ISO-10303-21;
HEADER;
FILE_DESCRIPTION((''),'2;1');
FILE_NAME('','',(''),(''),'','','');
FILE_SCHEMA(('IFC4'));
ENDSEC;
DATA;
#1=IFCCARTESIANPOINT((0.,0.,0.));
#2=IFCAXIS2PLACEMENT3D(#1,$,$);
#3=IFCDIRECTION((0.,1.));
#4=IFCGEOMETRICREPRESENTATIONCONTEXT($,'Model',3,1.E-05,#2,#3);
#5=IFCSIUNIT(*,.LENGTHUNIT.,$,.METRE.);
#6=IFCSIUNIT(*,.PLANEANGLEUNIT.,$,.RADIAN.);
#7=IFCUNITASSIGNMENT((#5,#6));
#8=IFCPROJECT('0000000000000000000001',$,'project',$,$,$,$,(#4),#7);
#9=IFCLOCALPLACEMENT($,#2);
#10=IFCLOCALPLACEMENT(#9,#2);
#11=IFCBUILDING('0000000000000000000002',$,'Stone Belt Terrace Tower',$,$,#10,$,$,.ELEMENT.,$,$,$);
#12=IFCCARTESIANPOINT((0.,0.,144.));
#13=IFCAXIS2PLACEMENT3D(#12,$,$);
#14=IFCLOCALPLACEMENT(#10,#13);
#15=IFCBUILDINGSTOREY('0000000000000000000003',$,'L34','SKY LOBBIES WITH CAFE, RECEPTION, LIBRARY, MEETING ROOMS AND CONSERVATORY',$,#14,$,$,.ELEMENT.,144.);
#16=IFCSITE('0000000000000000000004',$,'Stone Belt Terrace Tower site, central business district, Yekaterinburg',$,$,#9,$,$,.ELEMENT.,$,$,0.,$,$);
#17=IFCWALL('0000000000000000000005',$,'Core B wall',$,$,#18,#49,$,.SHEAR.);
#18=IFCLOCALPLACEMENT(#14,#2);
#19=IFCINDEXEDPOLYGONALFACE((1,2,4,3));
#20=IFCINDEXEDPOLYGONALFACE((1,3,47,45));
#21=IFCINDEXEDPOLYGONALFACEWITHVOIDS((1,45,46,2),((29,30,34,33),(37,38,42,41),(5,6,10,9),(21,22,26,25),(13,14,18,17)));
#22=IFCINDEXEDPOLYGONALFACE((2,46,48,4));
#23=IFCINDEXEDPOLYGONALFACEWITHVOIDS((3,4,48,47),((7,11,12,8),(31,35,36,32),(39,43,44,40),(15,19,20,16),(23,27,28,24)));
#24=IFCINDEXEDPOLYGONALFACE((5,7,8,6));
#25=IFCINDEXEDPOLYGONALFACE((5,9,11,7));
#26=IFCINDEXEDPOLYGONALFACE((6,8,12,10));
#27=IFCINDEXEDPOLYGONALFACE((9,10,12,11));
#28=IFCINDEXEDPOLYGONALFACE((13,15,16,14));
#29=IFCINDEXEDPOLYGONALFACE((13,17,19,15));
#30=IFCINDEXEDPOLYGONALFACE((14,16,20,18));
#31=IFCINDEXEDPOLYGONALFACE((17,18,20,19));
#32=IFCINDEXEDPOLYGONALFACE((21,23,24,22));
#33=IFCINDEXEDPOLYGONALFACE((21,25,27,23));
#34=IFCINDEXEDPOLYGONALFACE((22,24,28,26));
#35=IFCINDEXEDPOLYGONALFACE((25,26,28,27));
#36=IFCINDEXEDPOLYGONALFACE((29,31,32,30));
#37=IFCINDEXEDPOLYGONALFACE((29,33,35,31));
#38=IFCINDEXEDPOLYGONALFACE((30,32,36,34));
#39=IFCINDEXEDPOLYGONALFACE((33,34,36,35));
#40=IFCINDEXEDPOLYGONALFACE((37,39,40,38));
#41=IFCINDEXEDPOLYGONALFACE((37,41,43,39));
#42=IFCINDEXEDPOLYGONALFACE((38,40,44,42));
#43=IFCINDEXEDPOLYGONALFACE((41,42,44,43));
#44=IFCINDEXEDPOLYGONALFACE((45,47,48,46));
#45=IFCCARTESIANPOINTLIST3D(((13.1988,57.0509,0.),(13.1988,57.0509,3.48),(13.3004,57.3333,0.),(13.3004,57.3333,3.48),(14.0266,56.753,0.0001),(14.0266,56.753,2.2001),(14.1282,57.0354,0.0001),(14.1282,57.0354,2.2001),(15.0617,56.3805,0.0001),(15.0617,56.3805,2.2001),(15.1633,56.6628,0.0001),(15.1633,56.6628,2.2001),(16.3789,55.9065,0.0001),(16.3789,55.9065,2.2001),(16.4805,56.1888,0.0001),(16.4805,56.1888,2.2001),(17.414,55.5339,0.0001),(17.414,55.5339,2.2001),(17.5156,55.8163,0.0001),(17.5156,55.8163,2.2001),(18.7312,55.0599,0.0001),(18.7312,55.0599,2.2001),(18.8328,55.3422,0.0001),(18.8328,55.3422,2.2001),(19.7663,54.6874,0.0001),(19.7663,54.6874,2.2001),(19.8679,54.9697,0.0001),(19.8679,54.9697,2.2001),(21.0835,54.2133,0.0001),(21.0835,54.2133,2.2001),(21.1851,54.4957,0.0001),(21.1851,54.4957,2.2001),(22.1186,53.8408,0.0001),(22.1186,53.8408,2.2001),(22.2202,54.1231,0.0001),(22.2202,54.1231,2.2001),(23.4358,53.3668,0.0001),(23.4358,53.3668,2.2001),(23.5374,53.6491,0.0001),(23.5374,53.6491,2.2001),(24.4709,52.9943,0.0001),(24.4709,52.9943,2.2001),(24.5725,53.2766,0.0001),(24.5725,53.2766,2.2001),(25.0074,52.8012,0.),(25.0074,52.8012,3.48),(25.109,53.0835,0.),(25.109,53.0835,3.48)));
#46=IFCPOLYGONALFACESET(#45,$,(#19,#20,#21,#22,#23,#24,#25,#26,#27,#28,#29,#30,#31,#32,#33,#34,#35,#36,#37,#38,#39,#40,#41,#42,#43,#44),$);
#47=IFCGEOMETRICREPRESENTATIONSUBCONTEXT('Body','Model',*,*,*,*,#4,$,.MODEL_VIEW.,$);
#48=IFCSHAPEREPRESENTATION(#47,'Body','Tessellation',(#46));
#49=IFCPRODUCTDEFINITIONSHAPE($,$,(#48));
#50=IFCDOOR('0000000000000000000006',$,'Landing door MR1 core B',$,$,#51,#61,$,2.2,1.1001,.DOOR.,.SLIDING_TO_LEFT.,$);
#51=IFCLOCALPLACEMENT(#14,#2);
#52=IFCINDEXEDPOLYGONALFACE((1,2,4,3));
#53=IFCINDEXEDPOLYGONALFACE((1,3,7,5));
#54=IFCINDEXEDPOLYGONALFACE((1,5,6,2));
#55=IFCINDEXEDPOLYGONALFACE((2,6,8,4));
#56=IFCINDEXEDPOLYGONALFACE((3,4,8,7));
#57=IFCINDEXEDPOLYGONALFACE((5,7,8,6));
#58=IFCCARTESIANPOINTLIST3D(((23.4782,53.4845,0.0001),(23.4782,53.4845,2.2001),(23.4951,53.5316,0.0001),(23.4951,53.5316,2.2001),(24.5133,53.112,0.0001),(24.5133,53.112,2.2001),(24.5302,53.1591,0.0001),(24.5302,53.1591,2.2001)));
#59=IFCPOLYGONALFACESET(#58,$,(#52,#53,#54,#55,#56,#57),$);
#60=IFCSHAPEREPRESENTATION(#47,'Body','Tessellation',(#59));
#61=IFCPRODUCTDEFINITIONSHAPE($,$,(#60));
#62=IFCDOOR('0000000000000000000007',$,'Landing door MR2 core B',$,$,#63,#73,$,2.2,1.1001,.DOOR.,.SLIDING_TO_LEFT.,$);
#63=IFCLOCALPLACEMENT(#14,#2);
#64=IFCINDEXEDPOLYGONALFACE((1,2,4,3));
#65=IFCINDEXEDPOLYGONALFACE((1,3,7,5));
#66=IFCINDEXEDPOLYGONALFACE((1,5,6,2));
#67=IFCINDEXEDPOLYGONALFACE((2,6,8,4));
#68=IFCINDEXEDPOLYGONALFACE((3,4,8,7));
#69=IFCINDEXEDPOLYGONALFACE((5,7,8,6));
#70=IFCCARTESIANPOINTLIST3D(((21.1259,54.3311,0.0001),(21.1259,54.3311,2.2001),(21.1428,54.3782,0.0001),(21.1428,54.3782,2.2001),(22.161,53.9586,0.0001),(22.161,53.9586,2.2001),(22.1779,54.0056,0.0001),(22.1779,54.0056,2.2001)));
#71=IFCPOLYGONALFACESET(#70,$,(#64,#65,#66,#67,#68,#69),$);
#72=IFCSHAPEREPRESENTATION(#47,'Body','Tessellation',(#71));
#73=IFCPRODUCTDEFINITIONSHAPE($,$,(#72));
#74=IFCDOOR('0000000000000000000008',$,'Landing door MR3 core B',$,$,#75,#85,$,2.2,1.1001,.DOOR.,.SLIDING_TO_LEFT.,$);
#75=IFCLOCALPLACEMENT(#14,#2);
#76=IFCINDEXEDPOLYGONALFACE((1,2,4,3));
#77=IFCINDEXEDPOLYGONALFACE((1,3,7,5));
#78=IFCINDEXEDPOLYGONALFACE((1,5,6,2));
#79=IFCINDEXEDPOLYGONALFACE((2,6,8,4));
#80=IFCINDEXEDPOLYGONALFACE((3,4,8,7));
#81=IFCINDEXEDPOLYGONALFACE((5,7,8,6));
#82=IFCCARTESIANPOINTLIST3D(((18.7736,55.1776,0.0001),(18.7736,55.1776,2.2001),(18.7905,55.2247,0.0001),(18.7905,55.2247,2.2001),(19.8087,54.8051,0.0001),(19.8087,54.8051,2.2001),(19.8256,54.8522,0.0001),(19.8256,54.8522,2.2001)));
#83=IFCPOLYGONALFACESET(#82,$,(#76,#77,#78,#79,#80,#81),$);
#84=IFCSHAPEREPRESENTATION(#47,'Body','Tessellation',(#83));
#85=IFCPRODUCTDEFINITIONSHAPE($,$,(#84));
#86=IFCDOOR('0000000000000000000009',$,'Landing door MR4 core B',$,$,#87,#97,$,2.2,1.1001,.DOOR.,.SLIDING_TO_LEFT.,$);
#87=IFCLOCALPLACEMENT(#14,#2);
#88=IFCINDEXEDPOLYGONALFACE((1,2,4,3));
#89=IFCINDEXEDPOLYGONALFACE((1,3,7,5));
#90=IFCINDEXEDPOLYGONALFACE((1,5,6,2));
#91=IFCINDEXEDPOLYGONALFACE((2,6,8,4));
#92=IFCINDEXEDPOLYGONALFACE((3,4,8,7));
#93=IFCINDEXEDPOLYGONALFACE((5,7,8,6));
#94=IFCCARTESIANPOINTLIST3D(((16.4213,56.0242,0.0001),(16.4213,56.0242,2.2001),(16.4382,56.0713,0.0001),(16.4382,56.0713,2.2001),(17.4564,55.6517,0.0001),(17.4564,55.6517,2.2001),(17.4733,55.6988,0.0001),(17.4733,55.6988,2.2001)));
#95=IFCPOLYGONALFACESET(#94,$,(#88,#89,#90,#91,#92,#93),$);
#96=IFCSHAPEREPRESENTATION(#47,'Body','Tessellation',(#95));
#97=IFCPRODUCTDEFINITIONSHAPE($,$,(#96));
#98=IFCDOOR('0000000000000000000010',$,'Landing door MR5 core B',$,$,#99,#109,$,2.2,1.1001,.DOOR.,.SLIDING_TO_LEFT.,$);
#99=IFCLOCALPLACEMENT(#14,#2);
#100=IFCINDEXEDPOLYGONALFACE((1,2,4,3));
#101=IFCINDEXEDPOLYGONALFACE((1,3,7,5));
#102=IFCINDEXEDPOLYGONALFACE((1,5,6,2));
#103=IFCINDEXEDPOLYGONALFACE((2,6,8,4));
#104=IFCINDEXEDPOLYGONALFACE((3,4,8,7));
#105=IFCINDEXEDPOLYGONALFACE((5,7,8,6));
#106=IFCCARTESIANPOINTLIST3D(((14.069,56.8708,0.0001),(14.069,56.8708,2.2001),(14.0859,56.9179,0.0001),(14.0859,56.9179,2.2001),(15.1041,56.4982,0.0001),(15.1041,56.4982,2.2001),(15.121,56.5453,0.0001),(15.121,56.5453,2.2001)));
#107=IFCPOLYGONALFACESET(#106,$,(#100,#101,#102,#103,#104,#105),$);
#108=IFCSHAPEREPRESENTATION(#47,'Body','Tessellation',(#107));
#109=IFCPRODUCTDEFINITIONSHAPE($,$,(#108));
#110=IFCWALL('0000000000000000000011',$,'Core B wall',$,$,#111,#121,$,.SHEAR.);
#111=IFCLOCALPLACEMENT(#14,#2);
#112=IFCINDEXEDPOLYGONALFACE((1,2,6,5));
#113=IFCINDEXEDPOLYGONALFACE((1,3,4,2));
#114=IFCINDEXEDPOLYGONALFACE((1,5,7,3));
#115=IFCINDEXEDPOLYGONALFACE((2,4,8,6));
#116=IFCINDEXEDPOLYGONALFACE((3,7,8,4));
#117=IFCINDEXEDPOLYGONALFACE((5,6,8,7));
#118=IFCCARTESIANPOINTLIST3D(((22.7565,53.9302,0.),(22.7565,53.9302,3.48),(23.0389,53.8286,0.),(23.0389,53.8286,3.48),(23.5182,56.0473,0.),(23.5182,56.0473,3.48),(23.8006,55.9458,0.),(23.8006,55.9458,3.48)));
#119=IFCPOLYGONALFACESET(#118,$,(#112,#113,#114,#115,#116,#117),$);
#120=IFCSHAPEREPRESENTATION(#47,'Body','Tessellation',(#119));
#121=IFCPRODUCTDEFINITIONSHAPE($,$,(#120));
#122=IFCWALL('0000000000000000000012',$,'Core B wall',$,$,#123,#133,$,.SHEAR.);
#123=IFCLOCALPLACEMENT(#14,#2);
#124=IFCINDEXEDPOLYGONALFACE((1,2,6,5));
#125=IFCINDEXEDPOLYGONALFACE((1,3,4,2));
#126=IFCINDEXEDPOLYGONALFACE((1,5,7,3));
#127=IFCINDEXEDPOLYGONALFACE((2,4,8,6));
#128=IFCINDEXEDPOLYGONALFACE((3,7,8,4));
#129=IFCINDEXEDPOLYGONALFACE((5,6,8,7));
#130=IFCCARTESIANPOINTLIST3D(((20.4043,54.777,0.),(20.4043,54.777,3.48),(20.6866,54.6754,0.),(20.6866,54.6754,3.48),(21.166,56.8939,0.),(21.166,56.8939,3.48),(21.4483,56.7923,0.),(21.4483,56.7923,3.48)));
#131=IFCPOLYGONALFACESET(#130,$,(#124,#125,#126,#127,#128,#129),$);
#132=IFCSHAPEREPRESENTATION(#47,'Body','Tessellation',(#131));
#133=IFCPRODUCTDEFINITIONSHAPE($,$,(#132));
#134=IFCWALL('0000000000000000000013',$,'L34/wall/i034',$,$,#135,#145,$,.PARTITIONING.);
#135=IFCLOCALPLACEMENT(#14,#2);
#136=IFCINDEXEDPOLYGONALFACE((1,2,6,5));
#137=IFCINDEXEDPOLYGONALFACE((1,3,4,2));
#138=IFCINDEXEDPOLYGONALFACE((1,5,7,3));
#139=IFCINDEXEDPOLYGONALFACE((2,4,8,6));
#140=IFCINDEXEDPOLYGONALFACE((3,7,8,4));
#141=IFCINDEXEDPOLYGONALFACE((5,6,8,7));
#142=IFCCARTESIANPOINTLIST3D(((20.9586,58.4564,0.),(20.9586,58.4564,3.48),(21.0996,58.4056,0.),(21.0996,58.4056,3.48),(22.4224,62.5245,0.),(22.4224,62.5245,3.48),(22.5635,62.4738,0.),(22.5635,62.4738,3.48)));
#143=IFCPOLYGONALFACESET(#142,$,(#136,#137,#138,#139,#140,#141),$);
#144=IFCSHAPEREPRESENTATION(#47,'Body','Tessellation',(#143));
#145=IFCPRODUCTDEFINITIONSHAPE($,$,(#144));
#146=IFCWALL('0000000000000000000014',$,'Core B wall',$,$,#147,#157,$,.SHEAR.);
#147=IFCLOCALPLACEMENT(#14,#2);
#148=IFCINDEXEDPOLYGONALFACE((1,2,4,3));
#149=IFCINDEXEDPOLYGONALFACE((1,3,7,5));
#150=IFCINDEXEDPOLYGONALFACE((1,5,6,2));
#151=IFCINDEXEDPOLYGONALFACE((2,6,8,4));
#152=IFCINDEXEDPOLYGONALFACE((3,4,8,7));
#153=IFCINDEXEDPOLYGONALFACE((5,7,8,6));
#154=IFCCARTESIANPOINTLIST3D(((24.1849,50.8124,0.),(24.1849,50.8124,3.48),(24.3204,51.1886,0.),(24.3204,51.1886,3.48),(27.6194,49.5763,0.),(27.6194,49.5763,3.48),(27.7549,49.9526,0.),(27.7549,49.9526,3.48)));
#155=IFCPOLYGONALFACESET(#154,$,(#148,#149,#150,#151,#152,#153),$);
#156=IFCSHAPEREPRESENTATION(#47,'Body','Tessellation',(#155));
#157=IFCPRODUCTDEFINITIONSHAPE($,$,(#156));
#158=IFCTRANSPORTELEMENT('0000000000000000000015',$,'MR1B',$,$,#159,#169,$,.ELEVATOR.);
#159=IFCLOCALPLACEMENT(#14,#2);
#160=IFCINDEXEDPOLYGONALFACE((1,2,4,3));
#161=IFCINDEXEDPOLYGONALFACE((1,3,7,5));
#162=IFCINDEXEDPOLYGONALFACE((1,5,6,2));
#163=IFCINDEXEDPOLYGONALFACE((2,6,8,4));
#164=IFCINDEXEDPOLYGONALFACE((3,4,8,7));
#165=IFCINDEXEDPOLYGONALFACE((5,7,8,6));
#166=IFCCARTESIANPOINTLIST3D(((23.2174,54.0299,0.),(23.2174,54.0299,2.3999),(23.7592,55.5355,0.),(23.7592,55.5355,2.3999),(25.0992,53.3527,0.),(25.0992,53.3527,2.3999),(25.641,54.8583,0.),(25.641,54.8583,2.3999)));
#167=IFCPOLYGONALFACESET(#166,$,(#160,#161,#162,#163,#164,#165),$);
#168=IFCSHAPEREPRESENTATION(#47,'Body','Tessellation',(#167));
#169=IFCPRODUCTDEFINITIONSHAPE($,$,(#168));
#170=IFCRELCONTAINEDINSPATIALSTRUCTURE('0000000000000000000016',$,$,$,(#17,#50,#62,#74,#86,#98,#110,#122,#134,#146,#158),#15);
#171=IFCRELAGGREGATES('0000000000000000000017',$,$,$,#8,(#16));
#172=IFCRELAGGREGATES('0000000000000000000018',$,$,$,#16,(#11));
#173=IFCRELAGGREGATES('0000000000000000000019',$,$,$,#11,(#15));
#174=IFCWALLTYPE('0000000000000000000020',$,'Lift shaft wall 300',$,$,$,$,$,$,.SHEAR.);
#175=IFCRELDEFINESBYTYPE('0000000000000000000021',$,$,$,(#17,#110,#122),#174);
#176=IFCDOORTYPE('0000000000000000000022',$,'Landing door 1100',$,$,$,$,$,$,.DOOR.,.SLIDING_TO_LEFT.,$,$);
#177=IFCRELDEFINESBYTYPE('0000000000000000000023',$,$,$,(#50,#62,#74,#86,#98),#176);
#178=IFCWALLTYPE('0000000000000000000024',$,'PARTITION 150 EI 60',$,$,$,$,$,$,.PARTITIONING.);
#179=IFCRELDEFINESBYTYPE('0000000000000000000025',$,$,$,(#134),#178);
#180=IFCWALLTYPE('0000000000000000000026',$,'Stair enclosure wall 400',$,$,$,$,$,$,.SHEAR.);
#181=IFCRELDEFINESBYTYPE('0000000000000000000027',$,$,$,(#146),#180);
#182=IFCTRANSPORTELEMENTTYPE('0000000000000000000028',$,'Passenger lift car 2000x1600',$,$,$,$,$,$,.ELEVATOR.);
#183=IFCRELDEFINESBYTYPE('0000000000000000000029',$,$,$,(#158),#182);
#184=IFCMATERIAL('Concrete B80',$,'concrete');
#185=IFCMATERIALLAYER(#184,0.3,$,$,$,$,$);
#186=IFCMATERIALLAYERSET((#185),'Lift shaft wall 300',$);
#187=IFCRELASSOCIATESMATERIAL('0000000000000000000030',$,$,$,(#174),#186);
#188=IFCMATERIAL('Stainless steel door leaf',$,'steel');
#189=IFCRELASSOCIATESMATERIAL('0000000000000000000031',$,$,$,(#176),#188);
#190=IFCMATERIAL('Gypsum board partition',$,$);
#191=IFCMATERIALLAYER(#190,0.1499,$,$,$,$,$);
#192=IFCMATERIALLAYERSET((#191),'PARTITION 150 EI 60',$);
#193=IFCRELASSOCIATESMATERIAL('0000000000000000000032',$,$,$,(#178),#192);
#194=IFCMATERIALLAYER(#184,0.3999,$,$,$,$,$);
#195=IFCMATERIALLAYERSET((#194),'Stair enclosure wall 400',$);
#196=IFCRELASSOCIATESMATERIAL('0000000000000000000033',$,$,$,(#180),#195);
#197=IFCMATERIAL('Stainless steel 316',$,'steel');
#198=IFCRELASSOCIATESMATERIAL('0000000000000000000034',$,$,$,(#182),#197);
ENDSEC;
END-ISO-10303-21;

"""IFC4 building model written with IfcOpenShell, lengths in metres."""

from ifc_helpers import new_model, si_unit, direction, frame, frame_2d, origin, origin_2d, place, context, subcontext, project, spatial, rectangle, extrude, material, layer, layer_set, type_object, element, fill, save


model = new_model("IFC4")

# Units and contexts
model_context = context("Model", 3, precision=1e-05, world=origin(), true_north=direction((0.0, 1.0)))
body_context = subcontext(model_context, "Body", "Model", "MODEL_VIEW")
ifc_project = project(units=[si_unit("LENGTHUNIT", "METRE"), si_unit("PLANEANGLEUNIT", "RADIAN")], contexts=[model_context])

# Site, building, storey
site_placement = place(None, origin())
site = spatial("IfcSite", under=ifc_project, at=site_placement, Name="Stone Belt Terrace Tower site, central business district, Yekaterinburg", CompositionType="ELEMENT", RefElevation=0.0)
building_placement = place(site_placement, origin())
building = spatial("IfcBuilding", under=site, at=building_placement, Name="Stone Belt Terrace Tower", CompositionType="ELEMENT")
storey_placement = place(building_placement, frame((0.0, 0.0, 144.0)))
storey = spatial("IfcBuildingStorey", under=building, at=storey_placement, Name="L34", Description="SKY LOBBIES WITH CAFE, RECEPTION, LIBRARY, MEETING ROOMS AND CONSERVATORY", CompositionType="ELEMENT", Elevation=144.0)

# Shared definitions
ifc_material_1 = material(Name="Concrete B80", Category="concrete")

# Shared definitions
ifc_layer_1 = layer(ifc_material_1, 0.3)
ifc_layer_set_1 = layer_set([ifc_layer_1], Name="Lift shaft wall 300")
wall_type_1 = type_object("IfcWallType", Name="Lift shaft wall 300", PredefinedType="SHEAR", material=ifc_layer_set_1)
ifc_material_2 = material(Name="Stainless steel door leaf", Category="steel")

# Wall, openings, doors
wall_1_placement = place(storey_placement, frame((25.0581, 52.9424, 0.0), z_axis=(0.0, 0.0, 1.0), x_axis=(-0.940921, 0.338625, 0.0)))
wall_1 = element("IfcWall", 1, at=wall_1_placement, inside=storey, type_object=wall_type_1, Name="Core B wall", PredefinedType="SHEAR", context=body_context, shape_type="SweptSolid", body=[
    extrude(rectangle(XDim=12.55, YDim=0.3, at=frame_2d((6.2749, 0.0))), origin(), (0.0, 0.0, 1.0), 3.48),
])
opening_1_placement = place(wall_1_placement, frame((0.5701, 0.0, 0.0)))
opening_1 = element("IfcOpeningElement", 2, at=opening_1_placement, cuts=wall_1, PredefinedType="OPENING", context=body_context, shape_type="SweptSolid", body=[
    extrude(rectangle(XDim=1.1001, YDim=2.2, at=frame_2d((0.55, 1.1001))), frame((0.0, 0.1599, 0.0), z_axis=(0.0, -1.0, 0.0), x_axis=(1.0, 0.0, 0.0)), (0.0, 0.0, 1.0), 0.3201),
])
opening_2_placement = place(wall_1_placement, frame((3.0701, 0.0, 0.0)))
opening_2 = element("IfcOpeningElement", 3, at=opening_2_placement, cuts=wall_1, PredefinedType="OPENING", context=body_context, shape_type="SweptSolid", body=[
    extrude(rectangle(XDim=1.1001, YDim=2.2, at=frame_2d((0.55, 1.1001))), frame((0.0, 0.1599, 0.0), z_axis=(0.0, -1.0, 0.0), x_axis=(1.0, 0.0, 0.0)), (0.0, 0.0, 1.0), 0.3201),
])
opening_3_placement = place(wall_1_placement, frame((5.5701, 0.0, 0.0)))
opening_3 = element("IfcOpeningElement", 4, at=opening_3_placement, cuts=wall_1, PredefinedType="OPENING", context=body_context, shape_type="SweptSolid", body=[
    extrude(rectangle(XDim=1.1001, YDim=2.2, at=frame_2d((0.55, 1.1001))), frame((0.0, 0.1599, 0.0), z_axis=(0.0, -1.0, 0.0), x_axis=(1.0, 0.0, 0.0)), (0.0, 0.0, 1.0), 0.3201),
])
opening_4_placement = place(wall_1_placement, frame((8.0701, 0.0, 0.0)))
opening_4 = element("IfcOpeningElement", 5, at=opening_4_placement, cuts=wall_1, PredefinedType="OPENING", context=body_context, shape_type="SweptSolid", body=[
    extrude(rectangle(XDim=1.1001, YDim=2.2, at=frame_2d((0.55, 1.1001))), frame((0.0, 0.1599, 0.0), z_axis=(0.0, -1.0, 0.0), x_axis=(1.0, 0.0, 0.0)), (0.0, 0.0, 1.0), 0.3201),
])
opening_5_placement = place(wall_1_placement, frame((10.5701, 0.0, 0.0)))
opening_5 = element("IfcOpeningElement", 6, at=opening_5_placement, cuts=wall_1, PredefinedType="OPENING", context=body_context, shape_type="SweptSolid", body=[
    extrude(rectangle(XDim=1.1001, YDim=2.2, at=frame_2d((0.55, 1.1001))), frame((0.0, 0.1599, 0.0), z_axis=(0.0, -1.0, 0.0), x_axis=(1.0, 0.0, 0.0)), (0.0, 0.0, 1.0), 0.3201),
])
door_type_1 = type_object("IfcDoorType", Name="Landing door 1100", OperationType="SLIDING_TO_LEFT", PredefinedType="DOOR", material=ifc_material_2)
door_1_placement = place(opening_1_placement, origin())
door_1 = element("IfcDoor", 7, at=door_1_placement, inside=storey, type_object=door_type_1, Name="Landing door MR1 core B", OperationType="SLIDING_TO_LEFT", OverallHeight=2.2, OverallWidth=1.1001, PredefinedType="DOOR", context=body_context, shape_type="SweptSolid", body=[
    extrude(rectangle(XDim=1.1001, YDim=2.2, at=frame_2d((0.55, 1.1001))), frame((0.0, 0.0249, 0.0), z_axis=(0.0, -1.0, 0.0), x_axis=(1.0, 0.0, 0.0)), (0.0, 0.0, 1.0), 0.05),
])
fill(opening_1, door_1)
door_2_placement = place(opening_2_placement, origin())
door_2 = element("IfcDoor", 8, at=door_2_placement, inside=storey, type_object=door_type_1, Name="Landing door MR2 core B", OperationType="SLIDING_TO_LEFT", OverallHeight=2.2, OverallWidth=1.1001, PredefinedType="DOOR", context=body_context, shape_type="SweptSolid", body=[
    extrude(rectangle(XDim=1.1001, YDim=2.2, at=frame_2d((0.55, 1.1001))), frame((0.0, 0.0249, 0.0), z_axis=(0.0, -1.0, 0.0), x_axis=(1.0, 0.0, 0.0)), (0.0, 0.0, 1.0), 0.05),
])
fill(opening_2, door_2)
door_3_placement = place(opening_3_placement, origin())
door_3 = element("IfcDoor", 9, at=door_3_placement, inside=storey, type_object=door_type_1, Name="Landing door MR3 core B", OperationType="SLIDING_TO_LEFT", OverallHeight=2.2, OverallWidth=1.1001, PredefinedType="DOOR", context=body_context, shape_type="SweptSolid", body=[
    extrude(rectangle(XDim=1.1001, YDim=2.2, at=frame_2d((0.55, 1.1001))), frame((0.0, 0.0249, 0.0), z_axis=(0.0, -1.0, 0.0), x_axis=(1.0, 0.0, 0.0)), (0.0, 0.0, 1.0), 0.05),
])
fill(opening_3, door_3)
door_4_placement = place(opening_4_placement, origin())
door_4 = element("IfcDoor", 10, at=door_4_placement, inside=storey, type_object=door_type_1, Name="Landing door MR4 core B", OperationType="SLIDING_TO_LEFT", OverallHeight=2.2, OverallWidth=1.1001, PredefinedType="DOOR", context=body_context, shape_type="SweptSolid", body=[
    extrude(rectangle(XDim=1.1001, YDim=2.2, at=frame_2d((0.55, 1.1001))), frame((0.0, 0.0249, 0.0), z_axis=(0.0, -1.0, 0.0), x_axis=(1.0, 0.0, 0.0)), (0.0, 0.0, 1.0), 0.05),
])
fill(opening_4, door_4)
door_5_placement = place(opening_5_placement, origin())
door_5 = element("IfcDoor", 11, at=door_5_placement, inside=storey, type_object=door_type_1, Name="Landing door MR5 core B", OperationType="SLIDING_TO_LEFT", OverallHeight=2.2, OverallWidth=1.1001, PredefinedType="DOOR", context=body_context, shape_type="SweptSolid", body=[
    extrude(rectangle(XDim=1.1001, YDim=2.2, at=frame_2d((0.55, 1.1001))), frame((0.0, 0.0249, 0.0), z_axis=(0.0, -1.0, 0.0), x_axis=(1.0, 0.0, 0.0)), (0.0, 0.0, 1.0), 0.05),
])
fill(opening_5, door_5)

# Walls
wall_2_placement = place(storey_placement, frame((22.8977, 53.8794, 0.0), z_axis=(0.0, 0.0, 1.0), x_axis=(0.338535, 0.940954, 0.0)))
element("IfcWall", 12, at=wall_2_placement, inside=storey, type_object=wall_type_1, Name="Core B wall", PredefinedType="SHEAR", context=body_context, shape_type="SweptSolid", body=[
    extrude(rectangle(XDim=2.25, YDim=0.3, at=frame_2d((1.125, 0.0))), origin(), (0.0, 0.0, 1.0), 3.48),
])
wall_3_placement = place(storey_placement, frame((20.5454, 54.7261, 0.0), z_axis=(0.0, 0.0, 1.0), x_axis=(0.33857, 0.940941, 0.0)))
element("IfcWall", 13, at=wall_3_placement, inside=storey, type_object=wall_type_1, Name="Core B wall", PredefinedType="SHEAR", context=body_context, shape_type="SweptSolid", body=[
    extrude(rectangle(XDim=2.2498, YDim=0.3, at=frame_2d((1.125, 0.0))), origin(), (0.0, 0.0, 1.0), 3.48),
])
ifc_material_3 = material(Name="Gypsum board partition")
ifc_layer_2 = layer(ifc_material_3, 0.1499)
ifc_layer_set_2 = layer_set([ifc_layer_2], Name="PARTITION 150 EI 60")
wall_type_2 = type_object("IfcWallType", Name="PARTITION 150 EI 60", PredefinedType="PARTITIONING", material=ifc_layer_set_2)
wall_4_placement = place(storey_placement, frame((22.4929, 62.499, 0.0), z_axis=(0.0, 0.0, 1.0), x_axis=(-0.338585, -0.940936, 0.0)))
element("IfcWall", 14, at=wall_4_placement, inside=storey, type_object=wall_type_2, Name="L34/wall/i034", PredefinedType="PARTITIONING", context=body_context, shape_type="SweptSolid", body=[
    extrude(rectangle(XDim=4.3235, YDim=0.1499, at=frame_2d((2.1616, 0.0))), origin(), (0.0, 0.0, 1.0), 3.48),
])
ifc_layer_3 = layer(ifc_material_1, 0.3999)
ifc_layer_set_3 = layer_set([ifc_layer_3], Name="Stair enclosure wall 400")
wall_type_3 = type_object("IfcWallType", Name="Stair enclosure wall 400", PredefinedType="SHEAR", material=ifc_layer_set_3)
wall_5_placement = place(storey_placement, frame((27.6873, 49.7644, 0.0), z_axis=(0.0, 0.0, 1.0), x_axis=(-0.940919, 0.338632, 0.0)))
element("IfcWall", 15, at=wall_5_placement, inside=storey, type_object=wall_type_3, Name="Core B wall", PredefinedType="SHEAR", context=body_context, shape_type="SweptSolid", body=[
    extrude(rectangle(XDim=3.6501, YDim=0.3999, at=frame_2d((1.8252, 0.0))), origin(), (0.0, 0.0, 1.0), 3.48),
])

# Transport element
ifc_material_4 = material(Name="Stainless steel 316", Category="steel")
transport_element_type = type_object("IfcTransportElementType", Name="Passenger lift car 2000x1600", PredefinedType="ELEVATOR", material=ifc_material_4)
for number, where, z_axis, x_axis, name in (
    (16, (24.4292, 54.4441, 0.0), (0.0, 0.0, 1.0), (-0.940922, 0.338625, 0.0), "MR1B"),
):
    element("IfcTransportElement", number, at=place(storey_placement, frame(where, z_axis=z_axis, x_axis=x_axis)), inside=storey, type_object=transport_element_type, Name=name, PredefinedType="ELEVATOR", context=body_context, shape_type="SweptSolid", body=[
        extrude(rectangle(XDim=2.0, YDim=1.6001, at=origin_2d()), origin(), (0.0, 0.0, 1.0), 2.3999),
    ])

save(model, "model.ifc")
